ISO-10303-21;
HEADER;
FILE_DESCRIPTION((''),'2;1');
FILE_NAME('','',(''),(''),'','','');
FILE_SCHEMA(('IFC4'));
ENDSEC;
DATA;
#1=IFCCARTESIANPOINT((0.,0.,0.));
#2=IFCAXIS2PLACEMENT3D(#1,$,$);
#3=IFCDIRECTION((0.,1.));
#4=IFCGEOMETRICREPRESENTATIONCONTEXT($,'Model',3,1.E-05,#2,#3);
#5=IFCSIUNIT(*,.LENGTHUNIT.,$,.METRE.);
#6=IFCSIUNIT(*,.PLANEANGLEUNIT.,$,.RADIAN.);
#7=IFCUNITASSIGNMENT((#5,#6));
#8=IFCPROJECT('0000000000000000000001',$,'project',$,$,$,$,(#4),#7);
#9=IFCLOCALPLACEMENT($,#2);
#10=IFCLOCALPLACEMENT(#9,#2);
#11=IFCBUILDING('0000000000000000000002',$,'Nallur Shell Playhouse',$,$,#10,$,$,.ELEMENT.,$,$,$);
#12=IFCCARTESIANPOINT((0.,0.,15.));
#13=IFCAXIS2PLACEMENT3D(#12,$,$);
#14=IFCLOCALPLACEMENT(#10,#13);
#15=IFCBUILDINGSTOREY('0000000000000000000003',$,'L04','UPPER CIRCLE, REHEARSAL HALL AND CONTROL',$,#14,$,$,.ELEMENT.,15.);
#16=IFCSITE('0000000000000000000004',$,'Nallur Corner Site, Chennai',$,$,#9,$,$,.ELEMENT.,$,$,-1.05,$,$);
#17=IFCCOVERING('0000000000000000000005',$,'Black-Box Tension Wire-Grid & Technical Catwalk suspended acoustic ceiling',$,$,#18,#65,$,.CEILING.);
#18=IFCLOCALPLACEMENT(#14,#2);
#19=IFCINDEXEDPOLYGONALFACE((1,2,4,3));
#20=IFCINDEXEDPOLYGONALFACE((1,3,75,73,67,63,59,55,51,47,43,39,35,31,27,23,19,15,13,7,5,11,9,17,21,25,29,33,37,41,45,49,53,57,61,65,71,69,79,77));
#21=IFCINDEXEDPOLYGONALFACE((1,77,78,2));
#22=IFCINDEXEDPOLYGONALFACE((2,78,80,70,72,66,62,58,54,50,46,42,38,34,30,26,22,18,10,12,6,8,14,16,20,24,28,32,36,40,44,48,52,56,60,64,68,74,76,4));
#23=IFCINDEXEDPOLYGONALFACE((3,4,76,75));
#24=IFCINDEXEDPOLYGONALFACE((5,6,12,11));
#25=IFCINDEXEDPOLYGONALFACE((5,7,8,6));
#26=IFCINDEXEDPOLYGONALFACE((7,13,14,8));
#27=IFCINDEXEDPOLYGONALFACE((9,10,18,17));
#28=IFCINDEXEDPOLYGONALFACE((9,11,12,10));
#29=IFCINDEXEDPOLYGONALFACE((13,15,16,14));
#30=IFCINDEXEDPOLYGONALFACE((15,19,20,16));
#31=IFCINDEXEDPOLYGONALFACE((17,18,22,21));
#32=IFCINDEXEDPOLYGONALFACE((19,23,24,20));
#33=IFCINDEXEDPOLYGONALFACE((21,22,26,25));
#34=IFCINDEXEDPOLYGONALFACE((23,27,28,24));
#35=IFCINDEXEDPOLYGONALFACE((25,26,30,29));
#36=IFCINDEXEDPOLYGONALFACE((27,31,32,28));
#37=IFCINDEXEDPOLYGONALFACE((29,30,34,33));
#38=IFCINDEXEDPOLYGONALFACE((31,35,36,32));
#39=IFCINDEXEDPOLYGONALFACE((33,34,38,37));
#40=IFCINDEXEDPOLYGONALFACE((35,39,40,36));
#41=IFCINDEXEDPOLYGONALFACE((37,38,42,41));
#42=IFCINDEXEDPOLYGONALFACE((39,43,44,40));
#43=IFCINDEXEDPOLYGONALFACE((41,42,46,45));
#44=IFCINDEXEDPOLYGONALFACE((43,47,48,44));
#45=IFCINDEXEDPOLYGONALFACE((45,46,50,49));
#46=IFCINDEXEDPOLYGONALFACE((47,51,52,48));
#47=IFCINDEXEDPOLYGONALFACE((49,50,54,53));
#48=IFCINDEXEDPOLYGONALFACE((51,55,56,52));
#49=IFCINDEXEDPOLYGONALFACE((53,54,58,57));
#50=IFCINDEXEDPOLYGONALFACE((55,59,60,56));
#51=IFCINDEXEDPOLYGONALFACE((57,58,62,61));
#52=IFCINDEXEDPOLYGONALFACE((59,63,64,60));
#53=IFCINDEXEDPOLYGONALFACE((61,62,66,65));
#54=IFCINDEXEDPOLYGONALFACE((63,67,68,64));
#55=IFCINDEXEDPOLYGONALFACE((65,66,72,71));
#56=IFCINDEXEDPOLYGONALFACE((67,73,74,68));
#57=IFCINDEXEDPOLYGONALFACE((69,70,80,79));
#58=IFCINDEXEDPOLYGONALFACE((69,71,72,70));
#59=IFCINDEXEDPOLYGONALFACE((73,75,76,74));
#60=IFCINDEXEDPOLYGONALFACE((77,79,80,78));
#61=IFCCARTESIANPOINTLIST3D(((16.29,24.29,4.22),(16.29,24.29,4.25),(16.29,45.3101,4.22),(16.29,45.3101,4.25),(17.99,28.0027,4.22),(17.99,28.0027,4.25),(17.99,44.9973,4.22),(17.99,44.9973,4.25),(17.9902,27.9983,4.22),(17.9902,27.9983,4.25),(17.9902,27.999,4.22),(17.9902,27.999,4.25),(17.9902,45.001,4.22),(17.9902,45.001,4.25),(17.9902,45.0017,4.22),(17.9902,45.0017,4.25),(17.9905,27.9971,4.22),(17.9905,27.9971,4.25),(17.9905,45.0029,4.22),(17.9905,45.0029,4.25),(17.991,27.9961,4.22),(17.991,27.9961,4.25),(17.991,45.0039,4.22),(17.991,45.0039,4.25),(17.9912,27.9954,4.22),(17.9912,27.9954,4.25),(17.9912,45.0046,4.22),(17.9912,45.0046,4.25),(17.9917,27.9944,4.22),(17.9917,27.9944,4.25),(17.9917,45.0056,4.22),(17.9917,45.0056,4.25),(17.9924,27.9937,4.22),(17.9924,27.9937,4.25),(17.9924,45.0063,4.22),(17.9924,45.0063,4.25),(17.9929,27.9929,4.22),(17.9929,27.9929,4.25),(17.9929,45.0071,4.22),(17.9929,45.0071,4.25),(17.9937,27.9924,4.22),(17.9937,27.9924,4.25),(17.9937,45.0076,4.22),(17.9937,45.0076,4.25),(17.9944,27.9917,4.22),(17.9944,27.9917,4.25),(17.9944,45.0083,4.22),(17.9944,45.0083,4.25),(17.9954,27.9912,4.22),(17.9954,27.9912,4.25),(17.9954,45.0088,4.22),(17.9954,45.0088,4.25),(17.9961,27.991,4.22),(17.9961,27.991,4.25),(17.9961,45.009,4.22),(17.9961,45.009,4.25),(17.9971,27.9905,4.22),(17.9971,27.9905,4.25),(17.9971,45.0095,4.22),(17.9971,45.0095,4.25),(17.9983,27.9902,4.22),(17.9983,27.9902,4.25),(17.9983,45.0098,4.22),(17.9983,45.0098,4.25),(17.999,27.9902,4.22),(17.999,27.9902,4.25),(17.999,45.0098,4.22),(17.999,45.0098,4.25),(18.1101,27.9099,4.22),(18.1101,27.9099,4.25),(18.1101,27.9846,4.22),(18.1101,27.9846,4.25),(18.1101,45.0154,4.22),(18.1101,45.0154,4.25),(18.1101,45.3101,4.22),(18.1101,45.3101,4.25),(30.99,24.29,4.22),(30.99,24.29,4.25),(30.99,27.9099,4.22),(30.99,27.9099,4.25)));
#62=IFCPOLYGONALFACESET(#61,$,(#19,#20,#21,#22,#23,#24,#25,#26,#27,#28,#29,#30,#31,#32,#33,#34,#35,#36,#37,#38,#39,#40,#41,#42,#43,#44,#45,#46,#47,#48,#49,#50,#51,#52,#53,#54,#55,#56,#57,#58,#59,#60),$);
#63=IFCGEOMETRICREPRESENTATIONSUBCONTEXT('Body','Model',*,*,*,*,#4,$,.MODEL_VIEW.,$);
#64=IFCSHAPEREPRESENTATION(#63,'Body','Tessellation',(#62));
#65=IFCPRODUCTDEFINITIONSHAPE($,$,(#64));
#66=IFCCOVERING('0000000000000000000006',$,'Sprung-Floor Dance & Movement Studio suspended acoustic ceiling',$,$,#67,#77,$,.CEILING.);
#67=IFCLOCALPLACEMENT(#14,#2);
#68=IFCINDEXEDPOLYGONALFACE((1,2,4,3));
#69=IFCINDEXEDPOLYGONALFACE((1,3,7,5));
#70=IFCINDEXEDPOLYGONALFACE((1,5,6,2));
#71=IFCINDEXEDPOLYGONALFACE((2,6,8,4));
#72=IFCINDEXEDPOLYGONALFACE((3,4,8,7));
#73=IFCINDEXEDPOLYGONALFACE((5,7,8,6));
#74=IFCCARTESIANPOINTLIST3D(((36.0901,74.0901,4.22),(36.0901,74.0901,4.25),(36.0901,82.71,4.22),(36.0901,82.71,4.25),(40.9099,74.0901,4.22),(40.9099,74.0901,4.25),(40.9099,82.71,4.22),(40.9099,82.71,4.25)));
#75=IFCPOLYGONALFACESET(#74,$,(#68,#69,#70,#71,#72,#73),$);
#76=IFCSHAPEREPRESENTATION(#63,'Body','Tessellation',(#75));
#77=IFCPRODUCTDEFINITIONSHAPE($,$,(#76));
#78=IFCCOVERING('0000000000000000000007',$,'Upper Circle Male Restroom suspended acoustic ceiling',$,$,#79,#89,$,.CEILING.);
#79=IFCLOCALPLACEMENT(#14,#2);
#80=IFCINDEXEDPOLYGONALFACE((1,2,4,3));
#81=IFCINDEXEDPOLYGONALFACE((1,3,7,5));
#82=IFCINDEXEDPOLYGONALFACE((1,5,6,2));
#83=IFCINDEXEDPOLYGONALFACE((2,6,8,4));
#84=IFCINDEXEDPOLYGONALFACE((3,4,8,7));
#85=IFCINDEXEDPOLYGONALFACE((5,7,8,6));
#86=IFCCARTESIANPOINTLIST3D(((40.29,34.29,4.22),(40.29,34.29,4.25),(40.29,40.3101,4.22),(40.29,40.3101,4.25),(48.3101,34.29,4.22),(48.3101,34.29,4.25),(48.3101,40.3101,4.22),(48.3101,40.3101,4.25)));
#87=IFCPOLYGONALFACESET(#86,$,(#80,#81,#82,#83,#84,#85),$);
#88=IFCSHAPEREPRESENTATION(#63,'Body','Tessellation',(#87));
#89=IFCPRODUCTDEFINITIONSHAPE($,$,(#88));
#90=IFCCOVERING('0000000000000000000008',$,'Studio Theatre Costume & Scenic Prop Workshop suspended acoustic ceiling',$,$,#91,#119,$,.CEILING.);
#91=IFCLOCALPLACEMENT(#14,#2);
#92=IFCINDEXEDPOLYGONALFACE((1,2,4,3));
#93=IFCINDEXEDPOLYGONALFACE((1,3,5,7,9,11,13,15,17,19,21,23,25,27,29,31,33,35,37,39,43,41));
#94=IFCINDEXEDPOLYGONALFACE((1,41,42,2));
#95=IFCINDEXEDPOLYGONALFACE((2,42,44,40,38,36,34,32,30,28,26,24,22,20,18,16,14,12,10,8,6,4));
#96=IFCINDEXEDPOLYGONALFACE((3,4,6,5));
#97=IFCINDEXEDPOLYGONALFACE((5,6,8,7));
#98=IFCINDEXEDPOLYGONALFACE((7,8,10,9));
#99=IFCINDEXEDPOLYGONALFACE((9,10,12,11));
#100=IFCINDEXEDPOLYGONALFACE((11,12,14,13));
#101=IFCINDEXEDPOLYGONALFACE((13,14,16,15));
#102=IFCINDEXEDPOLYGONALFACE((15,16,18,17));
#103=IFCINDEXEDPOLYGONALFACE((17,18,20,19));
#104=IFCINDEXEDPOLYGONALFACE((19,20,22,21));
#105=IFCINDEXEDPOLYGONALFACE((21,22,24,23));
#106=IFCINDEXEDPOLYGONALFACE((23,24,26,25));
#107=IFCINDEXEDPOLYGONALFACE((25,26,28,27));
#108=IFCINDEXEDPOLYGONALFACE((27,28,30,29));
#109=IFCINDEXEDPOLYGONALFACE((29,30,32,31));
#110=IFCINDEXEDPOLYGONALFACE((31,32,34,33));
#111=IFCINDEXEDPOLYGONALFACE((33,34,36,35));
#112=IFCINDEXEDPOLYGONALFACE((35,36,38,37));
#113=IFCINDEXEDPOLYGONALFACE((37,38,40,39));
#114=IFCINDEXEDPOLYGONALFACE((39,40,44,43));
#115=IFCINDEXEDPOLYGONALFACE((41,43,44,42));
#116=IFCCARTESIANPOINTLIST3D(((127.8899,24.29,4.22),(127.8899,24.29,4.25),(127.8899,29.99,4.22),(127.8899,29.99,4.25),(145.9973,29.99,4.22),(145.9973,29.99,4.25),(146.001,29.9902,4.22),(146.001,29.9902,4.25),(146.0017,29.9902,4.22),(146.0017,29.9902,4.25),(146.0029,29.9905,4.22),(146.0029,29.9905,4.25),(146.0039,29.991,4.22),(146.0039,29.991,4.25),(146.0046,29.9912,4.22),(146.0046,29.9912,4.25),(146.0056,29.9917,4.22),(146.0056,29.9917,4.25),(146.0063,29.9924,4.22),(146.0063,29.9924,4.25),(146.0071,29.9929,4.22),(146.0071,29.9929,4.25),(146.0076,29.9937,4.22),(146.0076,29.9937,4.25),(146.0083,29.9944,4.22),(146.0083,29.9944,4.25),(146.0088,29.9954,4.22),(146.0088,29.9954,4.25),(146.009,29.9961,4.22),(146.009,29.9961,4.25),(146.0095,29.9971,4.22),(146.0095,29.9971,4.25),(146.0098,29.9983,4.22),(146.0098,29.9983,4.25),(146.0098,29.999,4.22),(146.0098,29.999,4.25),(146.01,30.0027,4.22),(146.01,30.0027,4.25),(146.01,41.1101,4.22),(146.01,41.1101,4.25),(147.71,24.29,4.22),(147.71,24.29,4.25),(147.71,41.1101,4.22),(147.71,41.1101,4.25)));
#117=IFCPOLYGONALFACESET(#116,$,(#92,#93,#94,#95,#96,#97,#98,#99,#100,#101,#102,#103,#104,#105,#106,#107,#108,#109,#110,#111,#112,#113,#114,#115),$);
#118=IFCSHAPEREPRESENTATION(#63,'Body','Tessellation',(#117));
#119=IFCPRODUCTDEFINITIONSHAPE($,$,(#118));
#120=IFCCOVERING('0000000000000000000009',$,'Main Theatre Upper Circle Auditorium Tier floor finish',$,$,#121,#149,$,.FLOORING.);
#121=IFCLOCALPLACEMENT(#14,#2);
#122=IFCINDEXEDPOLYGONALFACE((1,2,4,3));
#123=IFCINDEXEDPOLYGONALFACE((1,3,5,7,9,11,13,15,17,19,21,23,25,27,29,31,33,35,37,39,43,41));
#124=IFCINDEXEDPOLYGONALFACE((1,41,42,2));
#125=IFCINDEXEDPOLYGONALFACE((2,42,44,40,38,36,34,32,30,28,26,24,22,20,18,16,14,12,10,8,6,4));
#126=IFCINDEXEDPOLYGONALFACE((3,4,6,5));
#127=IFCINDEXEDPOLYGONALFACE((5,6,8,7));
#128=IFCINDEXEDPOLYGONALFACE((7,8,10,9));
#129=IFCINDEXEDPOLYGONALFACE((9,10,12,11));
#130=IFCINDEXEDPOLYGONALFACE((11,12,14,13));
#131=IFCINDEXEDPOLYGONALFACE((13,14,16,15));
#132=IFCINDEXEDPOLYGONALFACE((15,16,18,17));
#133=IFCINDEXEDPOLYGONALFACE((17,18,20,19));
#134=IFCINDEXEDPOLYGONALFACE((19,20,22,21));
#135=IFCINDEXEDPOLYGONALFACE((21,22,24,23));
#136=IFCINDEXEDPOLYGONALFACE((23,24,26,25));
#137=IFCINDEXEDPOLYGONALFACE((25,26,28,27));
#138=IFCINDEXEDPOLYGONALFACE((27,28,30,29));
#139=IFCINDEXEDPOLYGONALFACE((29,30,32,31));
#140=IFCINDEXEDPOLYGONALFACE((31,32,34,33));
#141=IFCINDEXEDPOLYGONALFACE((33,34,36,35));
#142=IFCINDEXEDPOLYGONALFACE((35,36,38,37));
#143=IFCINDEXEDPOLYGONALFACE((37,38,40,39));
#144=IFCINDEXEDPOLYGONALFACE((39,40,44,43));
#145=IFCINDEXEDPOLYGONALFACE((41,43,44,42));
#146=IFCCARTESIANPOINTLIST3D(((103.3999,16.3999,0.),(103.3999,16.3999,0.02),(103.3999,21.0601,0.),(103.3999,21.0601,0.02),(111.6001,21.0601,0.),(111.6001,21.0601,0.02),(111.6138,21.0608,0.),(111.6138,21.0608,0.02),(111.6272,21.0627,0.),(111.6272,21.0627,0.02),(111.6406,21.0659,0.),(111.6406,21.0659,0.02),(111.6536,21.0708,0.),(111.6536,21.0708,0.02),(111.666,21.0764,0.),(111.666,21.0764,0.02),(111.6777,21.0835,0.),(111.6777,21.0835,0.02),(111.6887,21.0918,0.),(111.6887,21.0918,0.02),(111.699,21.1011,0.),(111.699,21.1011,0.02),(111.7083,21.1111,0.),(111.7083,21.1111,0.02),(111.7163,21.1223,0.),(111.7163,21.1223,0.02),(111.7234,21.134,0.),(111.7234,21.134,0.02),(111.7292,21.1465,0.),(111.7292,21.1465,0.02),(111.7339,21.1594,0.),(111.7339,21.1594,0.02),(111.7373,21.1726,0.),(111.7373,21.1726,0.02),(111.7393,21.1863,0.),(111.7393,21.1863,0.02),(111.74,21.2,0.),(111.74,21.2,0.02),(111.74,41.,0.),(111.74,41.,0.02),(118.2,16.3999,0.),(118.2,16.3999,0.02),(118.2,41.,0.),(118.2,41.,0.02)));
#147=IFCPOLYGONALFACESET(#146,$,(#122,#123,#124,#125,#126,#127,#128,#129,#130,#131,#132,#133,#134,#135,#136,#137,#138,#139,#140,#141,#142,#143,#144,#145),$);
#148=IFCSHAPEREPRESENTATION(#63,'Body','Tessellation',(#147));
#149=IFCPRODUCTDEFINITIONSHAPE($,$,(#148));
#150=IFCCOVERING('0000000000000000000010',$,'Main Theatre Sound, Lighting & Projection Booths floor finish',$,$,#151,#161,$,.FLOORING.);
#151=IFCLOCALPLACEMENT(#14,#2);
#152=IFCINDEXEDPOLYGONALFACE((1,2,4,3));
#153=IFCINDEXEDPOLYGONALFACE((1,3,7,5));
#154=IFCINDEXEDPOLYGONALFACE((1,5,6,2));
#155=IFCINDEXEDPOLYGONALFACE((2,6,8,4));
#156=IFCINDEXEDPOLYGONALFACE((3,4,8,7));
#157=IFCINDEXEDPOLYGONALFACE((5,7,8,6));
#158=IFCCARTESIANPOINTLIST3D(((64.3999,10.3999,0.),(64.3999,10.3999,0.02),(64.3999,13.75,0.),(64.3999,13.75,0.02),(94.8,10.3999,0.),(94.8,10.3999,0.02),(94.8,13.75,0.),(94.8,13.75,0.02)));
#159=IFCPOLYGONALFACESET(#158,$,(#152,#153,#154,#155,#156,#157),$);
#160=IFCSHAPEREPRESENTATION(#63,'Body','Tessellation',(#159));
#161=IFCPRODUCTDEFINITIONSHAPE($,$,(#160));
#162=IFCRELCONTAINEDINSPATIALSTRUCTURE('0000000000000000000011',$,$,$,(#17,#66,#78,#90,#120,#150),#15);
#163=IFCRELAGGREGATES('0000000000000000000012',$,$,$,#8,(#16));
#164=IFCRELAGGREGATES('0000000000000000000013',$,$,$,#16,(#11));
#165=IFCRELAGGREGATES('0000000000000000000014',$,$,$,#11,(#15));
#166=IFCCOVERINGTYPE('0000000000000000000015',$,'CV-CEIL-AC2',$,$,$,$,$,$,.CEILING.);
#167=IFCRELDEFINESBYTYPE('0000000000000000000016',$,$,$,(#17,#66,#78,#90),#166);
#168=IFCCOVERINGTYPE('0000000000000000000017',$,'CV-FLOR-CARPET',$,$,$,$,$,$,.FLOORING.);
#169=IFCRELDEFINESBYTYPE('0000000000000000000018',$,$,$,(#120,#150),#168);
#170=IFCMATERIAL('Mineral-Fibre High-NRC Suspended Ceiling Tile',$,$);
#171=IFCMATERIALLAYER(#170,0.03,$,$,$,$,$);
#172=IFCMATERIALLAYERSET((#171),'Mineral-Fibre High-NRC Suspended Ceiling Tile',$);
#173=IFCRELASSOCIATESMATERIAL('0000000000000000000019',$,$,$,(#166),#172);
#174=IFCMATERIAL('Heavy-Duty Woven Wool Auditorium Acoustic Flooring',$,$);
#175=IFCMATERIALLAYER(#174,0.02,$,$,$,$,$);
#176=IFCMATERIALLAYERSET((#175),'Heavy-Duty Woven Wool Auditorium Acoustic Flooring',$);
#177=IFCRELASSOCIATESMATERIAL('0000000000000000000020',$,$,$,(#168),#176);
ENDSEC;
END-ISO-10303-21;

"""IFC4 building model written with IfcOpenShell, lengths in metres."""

from ifc_helpers import new_model, si_unit, direction, frame, origin, place, context, subcontext, project, spatial, polyline, outline, extrude, material, layer, layer_set, type_object, element, save


model = new_model("IFC4")

# Units and contexts
model_context = context("Model", 3, precision=1e-05, world=origin(), true_north=direction((0.0, 1.0)))
body_context = subcontext(model_context, "Body", "Model", "MODEL_VIEW")
ifc_project = project(units=[si_unit("LENGTHUNIT", "METRE"), si_unit("PLANEANGLEUNIT", "RADIAN")], contexts=[model_context])

# Site, building, storey
site_placement = place(None, origin())
site = spatial("IfcSite", under=ifc_project, at=site_placement, Name="Nallur Corner Site, Chennai", CompositionType="ELEMENT", RefElevation=-1.05)
building_placement = place(site_placement, origin())
building = spatial("IfcBuilding", under=site, at=building_placement, Name="Nallur Shell Playhouse", CompositionType="ELEMENT")
storey_placement = place(building_placement, frame((0.0, 0.0, 15.0)))
storey = spatial("IfcBuildingStorey", under=building, at=storey_placement, Name="L04", Description="UPPER CIRCLE, REHEARSAL HALL AND CONTROL", CompositionType="ELEMENT", Elevation=15.0)

# Coverings
ifc_material_1 = material(Name="Mineral-Fibre High-NRC Suspended Ceiling Tile")
ifc_layer_1 = layer(ifc_material_1, 0.03)
ifc_layer_set_1 = layer_set([ifc_layer_1], Name="Mineral-Fibre High-NRC Suspended Ceiling Tile")
covering_type_1 = type_object("IfcCoveringType", Name="CV-CEIL-AC2", PredefinedType="CEILING", material=ifc_layer_set_1)
covering_1_placement = place(storey_placement, frame((0.0, 0.0, 4.22)))
element("IfcCovering", 1, at=covering_1_placement, inside=storey, type_object=covering_type_1, Name="Black-Box Tension Wire-Grid & Technical Catwalk suspended acoustic ceiling", PredefinedType="CEILING", context=body_context, shape_type="SweptSolid", body=[
    extrude(outline(polyline([(17.9924, 45.0063), (17.9917, 45.0056), (17.9912, 45.0046), (17.991, 45.0039), (17.9905, 45.0029), (17.9902, 45.0017), (17.9902, 45.001), (17.99, 44.9973), (17.99, 28.0027), (17.9902, 27.999), (17.9902, 27.9983), (17.9905, 27.9971), (17.991, 27.9961), (17.9912, 27.9954), (17.9917, 27.9944), (17.9924, 27.9937), (17.9929, 27.9929), (17.9937, 27.9924), (17.9944, 27.9917), (17.9954, 27.9912), (17.9961, 27.991), (17.9971, 27.9905), (17.9983, 27.9902), (17.999, 27.9902), (18.1101, 27.9846), (18.1101, 27.9099), (30.99, 27.9099), (30.99, 24.29), (16.29, 24.29), (16.29, 45.3101), (18.1101, 45.3101), (18.1101, 45.0154), (17.999, 45.0098), (17.9983, 45.0098), (17.9971, 45.0095), (17.9961, 45.009), (17.9954, 45.0088), (17.9944, 45.0083), (17.9937, 45.0076), (17.9929, 45.0071), (17.9924, 45.0063)])), origin(), (0.0, 0.0, 1.0), 0.03),
])
covering_2_placement = place(storey_placement, frame((0.0, 0.0, 4.22)))
element("IfcCovering", 2, at=covering_2_placement, inside=storey, type_object=covering_type_1, Name="Sprung-Floor Dance & Movement Studio suspended acoustic ceiling", PredefinedType="CEILING", context=body_context, shape_type="SweptSolid", body=[
    extrude(outline(polyline([(36.0901, 82.71), (40.9099, 82.71), (40.9099, 74.0901), (36.0901, 74.0901), (36.0901, 82.71)])), origin(), (0.0, 0.0, 1.0), 0.03),
])
covering_3_placement = place(storey_placement, frame((0.0, 0.0, 4.22)))
element("IfcCovering", 3, at=covering_3_placement, inside=storey, type_object=covering_type_1, Name="Upper Circle Male Restroom suspended acoustic ceiling", PredefinedType="CEILING", context=body_context, shape_type="SweptSolid", body=[
    extrude(outline(polyline([(40.29, 40.3101), (48.3101, 40.3101), (48.3101, 34.29), (40.29, 34.29), (40.29, 40.3101)])), origin(), (0.0, 0.0, 1.0), 0.03),
])
covering_4_placement = place(storey_placement, frame((0.0, 0.0, 4.22)))
element("IfcCovering", 4, at=covering_4_placement, inside=storey, type_object=covering_type_1, Name="Studio Theatre Costume & Scenic Prop Workshop suspended acoustic ceiling", PredefinedType="CEILING", context=body_context, shape_type="SweptSolid", body=[
    extrude(outline(polyline([(146.0056, 29.9917), (146.0063, 29.9924), (146.0071, 29.9929), (146.0076, 29.9937), (146.0083, 29.9944), (146.0088, 29.9954), (146.009, 29.9961), (146.0095, 29.9971), (146.0098, 29.9983), (146.0098, 29.999), (146.01, 30.0027), (146.01, 41.1101), (147.71, 41.1101), (147.71, 24.29), (127.8899, 24.29), (127.8899, 29.99), (145.9973, 29.99), (146.001, 29.9902), (146.0017, 29.9902), (146.0029, 29.9905), (146.0039, 29.991), (146.0046, 29.9912), (146.0056, 29.9917)])), origin(), (0.0, 0.0, 1.0), 0.03),
])
ifc_material_2 = material(Name="Heavy-Duty Woven Wool Auditorium Acoustic Flooring")
ifc_layer_2 = layer(ifc_material_2, 0.02)
ifc_layer_set_2 = layer_set([ifc_layer_2], Name="Heavy-Duty Woven Wool Auditorium Acoustic Flooring")
covering_type_2 = type_object("IfcCoveringType", Name="CV-FLOR-CARPET", PredefinedType="FLOORING", material=ifc_layer_set_2)
covering_5_placement = place(storey_placement, origin())
element("IfcCovering", 5, at=covering_5_placement, inside=storey, type_object=covering_type_2, Name="Main Theatre Upper Circle Auditorium Tier floor finish", PredefinedType="FLOORING", context=body_context, shape_type="SweptSolid", body=[
    extrude(outline(polyline([(111.666, 21.0764), (111.6777, 21.0835), (111.6887, 21.0918), (111.699, 21.1011), (111.7083, 21.1111), (111.7163, 21.1223), (111.7234, 21.134), (111.7292, 21.1465), (111.7339, 21.1594), (111.7373, 21.1726), (111.7393, 21.1863), (111.74, 21.2), (111.74, 41.0), (118.2, 41.0), (118.2, 16.3999), (103.3999, 16.3999), (103.3999, 21.0601), (111.6001, 21.0601), (111.6138, 21.0608), (111.6272, 21.0627), (111.6406, 21.0659), (111.6536, 21.0708), (111.666, 21.0764)])), origin(), (0.0, 0.0, 1.0), 0.02),
])
covering_6_placement = place(storey_placement, origin())
element("IfcCovering", 6, at=covering_6_placement, inside=storey, type_object=covering_type_2, Name="Main Theatre Sound, Lighting & Projection Booths floor finish", PredefinedType="FLOORING", context=body_context, shape_type="SweptSolid", body=[
    extrude(outline(polyline([(94.8, 13.75), (94.8, 10.3999), (64.3999, 10.3999), (64.3999, 13.75), (94.8, 13.75)])), origin(), (0.0, 0.0, 1.0), 0.02),
])

save(model, "model.ifc")
